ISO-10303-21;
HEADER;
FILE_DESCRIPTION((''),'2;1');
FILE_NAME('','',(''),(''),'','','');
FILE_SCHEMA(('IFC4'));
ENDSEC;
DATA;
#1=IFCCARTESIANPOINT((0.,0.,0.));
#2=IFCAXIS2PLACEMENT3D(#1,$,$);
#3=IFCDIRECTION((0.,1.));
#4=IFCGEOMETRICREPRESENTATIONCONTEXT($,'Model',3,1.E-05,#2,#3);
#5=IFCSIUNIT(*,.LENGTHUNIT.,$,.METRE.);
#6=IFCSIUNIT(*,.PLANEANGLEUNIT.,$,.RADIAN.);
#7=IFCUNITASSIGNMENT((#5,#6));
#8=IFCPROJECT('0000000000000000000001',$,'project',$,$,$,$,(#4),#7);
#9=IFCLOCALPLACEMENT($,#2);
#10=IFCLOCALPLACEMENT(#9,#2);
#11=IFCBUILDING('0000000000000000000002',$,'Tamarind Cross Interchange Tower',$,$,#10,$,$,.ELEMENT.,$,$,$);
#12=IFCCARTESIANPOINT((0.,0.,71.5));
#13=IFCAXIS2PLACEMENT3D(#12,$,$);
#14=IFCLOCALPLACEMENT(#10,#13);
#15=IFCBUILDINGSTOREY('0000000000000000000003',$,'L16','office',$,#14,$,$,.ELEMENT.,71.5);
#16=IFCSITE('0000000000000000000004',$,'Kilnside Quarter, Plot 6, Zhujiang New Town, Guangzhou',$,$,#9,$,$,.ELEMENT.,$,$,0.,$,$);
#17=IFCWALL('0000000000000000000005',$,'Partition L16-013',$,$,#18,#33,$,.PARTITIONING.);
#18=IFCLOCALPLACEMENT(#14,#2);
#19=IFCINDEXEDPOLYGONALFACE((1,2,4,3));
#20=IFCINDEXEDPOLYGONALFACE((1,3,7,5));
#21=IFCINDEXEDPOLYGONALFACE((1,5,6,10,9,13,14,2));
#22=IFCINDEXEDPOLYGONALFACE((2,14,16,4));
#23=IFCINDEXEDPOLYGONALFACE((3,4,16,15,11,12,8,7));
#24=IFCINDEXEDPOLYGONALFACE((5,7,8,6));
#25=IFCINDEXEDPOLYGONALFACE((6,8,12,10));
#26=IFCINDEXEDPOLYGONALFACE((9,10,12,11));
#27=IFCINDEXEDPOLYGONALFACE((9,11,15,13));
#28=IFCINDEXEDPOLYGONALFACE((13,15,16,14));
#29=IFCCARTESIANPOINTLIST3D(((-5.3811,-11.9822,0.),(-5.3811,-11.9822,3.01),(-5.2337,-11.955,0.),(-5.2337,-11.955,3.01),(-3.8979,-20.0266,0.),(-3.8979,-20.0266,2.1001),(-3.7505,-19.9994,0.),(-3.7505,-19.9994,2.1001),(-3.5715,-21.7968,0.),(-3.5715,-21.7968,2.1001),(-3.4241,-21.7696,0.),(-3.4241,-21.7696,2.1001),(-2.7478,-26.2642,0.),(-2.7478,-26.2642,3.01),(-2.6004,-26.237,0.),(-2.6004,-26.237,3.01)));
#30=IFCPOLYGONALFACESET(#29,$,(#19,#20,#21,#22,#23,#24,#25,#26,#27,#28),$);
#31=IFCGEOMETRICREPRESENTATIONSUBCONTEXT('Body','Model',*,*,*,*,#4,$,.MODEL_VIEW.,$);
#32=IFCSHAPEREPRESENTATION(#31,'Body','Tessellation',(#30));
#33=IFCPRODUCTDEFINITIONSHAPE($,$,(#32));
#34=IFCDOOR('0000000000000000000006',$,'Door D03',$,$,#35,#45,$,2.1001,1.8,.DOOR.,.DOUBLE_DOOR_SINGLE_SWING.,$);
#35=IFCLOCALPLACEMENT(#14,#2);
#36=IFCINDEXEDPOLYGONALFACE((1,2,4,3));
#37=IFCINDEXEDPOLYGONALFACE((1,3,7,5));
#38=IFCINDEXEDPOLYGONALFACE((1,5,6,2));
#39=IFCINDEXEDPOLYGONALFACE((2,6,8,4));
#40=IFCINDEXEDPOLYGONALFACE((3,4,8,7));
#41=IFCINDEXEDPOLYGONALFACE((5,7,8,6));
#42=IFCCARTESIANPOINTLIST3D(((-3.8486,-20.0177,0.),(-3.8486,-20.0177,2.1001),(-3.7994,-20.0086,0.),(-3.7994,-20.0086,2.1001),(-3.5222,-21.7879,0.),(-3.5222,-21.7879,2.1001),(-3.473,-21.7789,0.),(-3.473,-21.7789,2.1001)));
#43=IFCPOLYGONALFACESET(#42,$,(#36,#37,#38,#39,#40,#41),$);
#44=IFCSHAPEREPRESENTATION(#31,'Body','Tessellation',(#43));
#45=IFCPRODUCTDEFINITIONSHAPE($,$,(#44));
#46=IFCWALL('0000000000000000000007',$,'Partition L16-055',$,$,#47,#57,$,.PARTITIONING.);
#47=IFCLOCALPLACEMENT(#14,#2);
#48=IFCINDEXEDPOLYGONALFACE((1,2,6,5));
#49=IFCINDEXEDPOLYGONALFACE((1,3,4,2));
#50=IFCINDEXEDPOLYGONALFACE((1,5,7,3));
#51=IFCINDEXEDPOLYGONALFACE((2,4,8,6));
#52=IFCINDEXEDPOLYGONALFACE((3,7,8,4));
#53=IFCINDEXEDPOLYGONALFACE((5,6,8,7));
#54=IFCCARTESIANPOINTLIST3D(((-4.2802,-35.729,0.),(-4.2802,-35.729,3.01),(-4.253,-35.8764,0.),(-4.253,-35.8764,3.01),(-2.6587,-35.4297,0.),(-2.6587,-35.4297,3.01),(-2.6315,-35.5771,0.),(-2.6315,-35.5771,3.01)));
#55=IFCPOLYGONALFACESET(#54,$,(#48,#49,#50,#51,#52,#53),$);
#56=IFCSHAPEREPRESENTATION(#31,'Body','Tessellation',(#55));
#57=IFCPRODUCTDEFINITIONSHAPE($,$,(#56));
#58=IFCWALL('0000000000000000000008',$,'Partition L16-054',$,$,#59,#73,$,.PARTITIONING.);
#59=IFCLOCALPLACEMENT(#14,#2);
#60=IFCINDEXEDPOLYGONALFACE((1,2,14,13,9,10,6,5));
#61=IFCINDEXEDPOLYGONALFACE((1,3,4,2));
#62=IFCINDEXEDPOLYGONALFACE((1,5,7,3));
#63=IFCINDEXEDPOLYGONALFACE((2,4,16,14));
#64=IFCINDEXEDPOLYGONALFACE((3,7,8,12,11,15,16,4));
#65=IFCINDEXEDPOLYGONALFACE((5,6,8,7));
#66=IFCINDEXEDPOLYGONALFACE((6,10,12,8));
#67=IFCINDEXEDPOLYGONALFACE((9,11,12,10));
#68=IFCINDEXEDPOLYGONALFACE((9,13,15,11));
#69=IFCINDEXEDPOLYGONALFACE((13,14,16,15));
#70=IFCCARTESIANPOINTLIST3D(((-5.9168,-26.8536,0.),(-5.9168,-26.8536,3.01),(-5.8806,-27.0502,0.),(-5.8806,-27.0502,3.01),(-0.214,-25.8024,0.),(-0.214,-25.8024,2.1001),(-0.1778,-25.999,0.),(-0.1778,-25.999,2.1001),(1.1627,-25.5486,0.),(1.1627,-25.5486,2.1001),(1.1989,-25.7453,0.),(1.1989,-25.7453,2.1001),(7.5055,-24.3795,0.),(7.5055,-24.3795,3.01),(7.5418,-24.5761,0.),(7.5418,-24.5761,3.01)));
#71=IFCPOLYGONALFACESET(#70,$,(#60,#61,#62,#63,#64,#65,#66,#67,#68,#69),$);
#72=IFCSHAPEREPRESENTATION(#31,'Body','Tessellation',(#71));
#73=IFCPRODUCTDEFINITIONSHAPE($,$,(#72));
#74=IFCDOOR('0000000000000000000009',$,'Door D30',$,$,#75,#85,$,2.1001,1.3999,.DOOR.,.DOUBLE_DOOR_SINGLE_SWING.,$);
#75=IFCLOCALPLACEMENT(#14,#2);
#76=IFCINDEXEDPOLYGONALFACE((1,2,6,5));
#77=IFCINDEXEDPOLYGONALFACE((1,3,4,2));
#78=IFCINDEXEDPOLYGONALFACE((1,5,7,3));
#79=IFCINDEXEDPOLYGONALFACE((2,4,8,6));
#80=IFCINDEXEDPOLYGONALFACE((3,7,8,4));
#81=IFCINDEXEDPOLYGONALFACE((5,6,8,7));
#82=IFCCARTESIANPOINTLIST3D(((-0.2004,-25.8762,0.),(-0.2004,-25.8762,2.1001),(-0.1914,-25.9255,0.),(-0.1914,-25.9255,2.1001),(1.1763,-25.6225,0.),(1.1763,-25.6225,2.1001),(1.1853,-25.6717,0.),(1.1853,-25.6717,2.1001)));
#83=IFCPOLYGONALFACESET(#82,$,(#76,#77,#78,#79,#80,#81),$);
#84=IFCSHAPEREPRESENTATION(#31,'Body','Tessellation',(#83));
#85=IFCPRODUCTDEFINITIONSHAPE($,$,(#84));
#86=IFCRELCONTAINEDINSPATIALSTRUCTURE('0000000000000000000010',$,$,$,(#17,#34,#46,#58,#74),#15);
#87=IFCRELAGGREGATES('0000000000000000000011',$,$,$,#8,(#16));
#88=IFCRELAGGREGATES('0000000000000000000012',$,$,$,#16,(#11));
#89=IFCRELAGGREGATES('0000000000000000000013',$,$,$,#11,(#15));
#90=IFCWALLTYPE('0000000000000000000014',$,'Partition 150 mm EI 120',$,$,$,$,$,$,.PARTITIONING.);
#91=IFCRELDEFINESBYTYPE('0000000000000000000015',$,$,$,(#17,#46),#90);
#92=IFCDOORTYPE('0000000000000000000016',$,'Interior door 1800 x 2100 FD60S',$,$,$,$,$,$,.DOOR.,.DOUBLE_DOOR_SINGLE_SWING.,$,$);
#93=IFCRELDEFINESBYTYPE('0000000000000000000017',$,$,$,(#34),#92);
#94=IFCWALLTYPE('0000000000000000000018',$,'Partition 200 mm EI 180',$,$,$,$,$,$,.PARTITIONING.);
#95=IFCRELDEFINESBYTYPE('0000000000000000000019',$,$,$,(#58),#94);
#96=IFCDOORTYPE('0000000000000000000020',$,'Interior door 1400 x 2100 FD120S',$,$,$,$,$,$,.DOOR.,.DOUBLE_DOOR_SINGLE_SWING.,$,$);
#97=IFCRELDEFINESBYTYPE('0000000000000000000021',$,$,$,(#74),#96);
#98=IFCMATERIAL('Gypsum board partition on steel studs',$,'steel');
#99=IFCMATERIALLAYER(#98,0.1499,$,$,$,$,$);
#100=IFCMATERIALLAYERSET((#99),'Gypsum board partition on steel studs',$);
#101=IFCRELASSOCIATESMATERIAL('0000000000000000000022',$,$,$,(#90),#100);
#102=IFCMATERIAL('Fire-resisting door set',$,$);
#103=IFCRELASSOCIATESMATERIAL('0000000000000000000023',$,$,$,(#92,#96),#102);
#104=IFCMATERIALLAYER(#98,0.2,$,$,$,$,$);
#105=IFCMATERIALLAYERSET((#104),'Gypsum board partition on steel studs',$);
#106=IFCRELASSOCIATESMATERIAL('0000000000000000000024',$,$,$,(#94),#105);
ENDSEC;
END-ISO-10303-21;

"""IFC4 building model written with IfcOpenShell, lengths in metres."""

from ifc_helpers import new_model, si_unit, direction, frame, frame_2d, origin, place, context, subcontext, project, spatial, rectangle, extrude, material, layer, layer_set, type_object, element, fill, save


model = new_model("IFC4")

# Units and contexts
model_context = context("Model", 3, precision=1e-05, world=origin(), true_north=direction((0.0, 1.0)))
body_context = subcontext(model_context, "Body", "Model", "MODEL_VIEW")
ifc_project = project(units=[si_unit("LENGTHUNIT", "METRE"), si_unit("PLANEANGLEUNIT", "RADIAN")], contexts=[model_context])

# Site, building, storey
site_placement = place(None, origin())
site = spatial("IfcSite", under=ifc_project, at=site_placement, Name="Kilnside Quarter, Plot 6, Zhujiang New Town, Guangzhou", CompositionType="ELEMENT", RefElevation=0.0)
building_placement = place(site_placement, origin())
building = spatial("IfcBuilding", under=site, at=building_placement, Name="Tamarind Cross Interchange Tower", CompositionType="ELEMENT")
storey_placement = place(building_placement, frame((0.0, 0.0, 71.5)))
storey = spatial("IfcBuildingStorey", under=building, at=storey_placement, Name="L16", Description="office", CompositionType="ELEMENT", Elevation=71.5)

# Shared definitions
ifc_material_1 = material(Name="Gypsum board partition on steel studs", Category="steel")

# Wall, opening, door
ifc_layer_1 = layer(ifc_material_1, 0.1499)
ifc_layer_set_1 = layer_set([ifc_layer_1], Name="Gypsum board partition on steel studs")
wall_type_1 = type_object("IfcWallType", Name="Partition 150 mm EI 120", PredefinedType="PARTITIONING", material=ifc_layer_set_1)
wall_1_placement = place(storey_placement, frame((-5.3074, -11.9688, 0.0), z_axis=(0.0, 0.0, 1.0), x_axis=(0.181323, -0.983424, 0.0)))
wall_1 = element("IfcWall", 1, at=wall_1_placement, inside=storey, type_object=wall_type_1, Name="Partition L16-013", PredefinedType="PARTITIONING", context=body_context, shape_type="SweptSolid", body=[
    extrude(rectangle(XDim=14.5227, YDim=0.1499, at=frame_2d((7.2612, 0.0))), origin(), (0.0, 0.0, 1.0), 3.01),
])
opening_1_placement = place(wall_1_placement, frame((8.1799, 0.0, 0.0)))
opening_1 = element("IfcOpeningElement", 2, at=opening_1_placement, cuts=wall_1, PredefinedType="OPENING", context=body_context, shape_type="SweptSolid", body=[
    extrude(rectangle(XDim=1.8, YDim=2.1001, at=frame_2d((0.8999, 1.05))), frame((0.0, 0.085, 0.0), z_axis=(0.0, -1.0, 0.0), x_axis=(1.0, 0.0, 0.0)), (0.0, 0.0, 1.0), 0.1699),
])
ifc_material_2 = material(Name="Fire-resisting door set")
door_type_1 = type_object("IfcDoorType", Name="Interior door 1800 x 2100 FD60S", OperationType="DOUBLE_DOOR_SINGLE_SWING", PredefinedType="DOOR", material=ifc_material_2)
door_1_placement = place(opening_1_placement, frame((1.8, 0.0, 0.0), z_axis=(0.0, 0.0, 1.0), x_axis=(-1.0, 0.0, 0.0)))
door_1 = element("IfcDoor", 3, at=door_1_placement, inside=storey, type_object=door_type_1, Name="Door D03", OperationType="DOUBLE_DOOR_SINGLE_SWING", OverallHeight=2.1001, OverallWidth=1.8, PredefinedType="DOOR", context=body_context, shape_type="SweptSolid", body=[
    extrude(rectangle(XDim=1.8, YDim=2.1001, at=frame_2d((0.8999, 1.05))), frame((0.0, 0.0249, 0.0), z_axis=(0.0, -1.0, 0.0), x_axis=(1.0, 0.0, 0.0)), (0.0, 0.0, 1.0), 0.05),
])
fill(opening_1, door_1)

# Wall
wall_2_placement = place(storey_placement, frame((-4.2666, -35.8027, 0.0), z_axis=(0.0, 0.0, 1.0), x_axis=(0.983388, 0.181517, 0.0)))
element("IfcWall", 4, at=wall_2_placement, inside=storey, type_object=wall_type_1, Name="Partition L16-055", PredefinedType="PARTITIONING", context=body_context, shape_type="SweptSolid", body=[
    extrude(rectangle(XDim=1.6489, YDim=0.1499, at=frame_2d((0.8245, 0.0))), origin(), (0.0, 0.0, 1.0), 3.01),
])

# Wall, opening, door
ifc_layer_2 = layer(ifc_material_1, 0.2)
ifc_layer_set_2 = layer_set([ifc_layer_2], Name="Gypsum board partition on steel studs")
wall_type_2 = type_object("IfcWallType", Name="Partition 200 mm EI 180", PredefinedType="PARTITIONING", material=ifc_layer_set_2)
wall_3_placement = place(storey_placement, frame((-5.8987, -26.9519, 0.0), z_axis=(0.0, 0.0, 1.0), x_axis=(0.983433, 0.181274, 0.0)))
wall_3 = element("IfcWall", 5, at=wall_3_placement, inside=storey, type_object=wall_type_2, Name="Partition L16-054", PredefinedType="PARTITIONING", context=body_context, shape_type="SweptSolid", body=[
    extrude(rectangle(XDim=13.6484, YDim=0.2, at=frame_2d((6.8242, 0.0))), origin(), (0.0, 0.0, 1.0), 3.01),
])
opening_2_placement = place(wall_3_placement, frame((5.7988, 0.0, 0.0)))
opening_2 = element("IfcOpeningElement", 6, at=opening_2_placement, cuts=wall_3, PredefinedType="OPENING", context=body_context, shape_type="SweptSolid", body=[
    extrude(rectangle(XDim=1.3999, YDim=2.1001, at=frame_2d((0.7, 1.05))), frame((0.0, 0.1099, 0.0), z_axis=(0.0, -1.0, 0.0), x_axis=(1.0, 0.0, 0.0)), (0.0, 0.0, 1.0), 0.22),
])
door_type_2 = type_object("IfcDoorType", Name="Interior door 1400 x 2100 FD120S", OperationType="DOUBLE_DOOR_SINGLE_SWING", PredefinedType="DOOR", material=ifc_material_2)
door_2_placement = place(opening_2_placement, origin())
door_2 = element("IfcDoor", 7, at=door_2_placement, inside=storey, type_object=door_type_2, Name="Door D30", OperationType="DOUBLE_DOOR_SINGLE_SWING", OverallHeight=2.1001, OverallWidth=1.3999, PredefinedType="DOOR", context=body_context, shape_type="SweptSolid", body=[
    extrude(rectangle(XDim=1.3999, YDim=2.1001, at=frame_2d((0.7, 1.05))), frame((0.0, 0.0249, 0.0), z_axis=(0.0, -1.0, 0.0), x_axis=(1.0, 0.0, 0.0)), (0.0, 0.0, 1.0), 0.05),
])
fill(opening_2, door_2)

save(model, "model.ifc")
